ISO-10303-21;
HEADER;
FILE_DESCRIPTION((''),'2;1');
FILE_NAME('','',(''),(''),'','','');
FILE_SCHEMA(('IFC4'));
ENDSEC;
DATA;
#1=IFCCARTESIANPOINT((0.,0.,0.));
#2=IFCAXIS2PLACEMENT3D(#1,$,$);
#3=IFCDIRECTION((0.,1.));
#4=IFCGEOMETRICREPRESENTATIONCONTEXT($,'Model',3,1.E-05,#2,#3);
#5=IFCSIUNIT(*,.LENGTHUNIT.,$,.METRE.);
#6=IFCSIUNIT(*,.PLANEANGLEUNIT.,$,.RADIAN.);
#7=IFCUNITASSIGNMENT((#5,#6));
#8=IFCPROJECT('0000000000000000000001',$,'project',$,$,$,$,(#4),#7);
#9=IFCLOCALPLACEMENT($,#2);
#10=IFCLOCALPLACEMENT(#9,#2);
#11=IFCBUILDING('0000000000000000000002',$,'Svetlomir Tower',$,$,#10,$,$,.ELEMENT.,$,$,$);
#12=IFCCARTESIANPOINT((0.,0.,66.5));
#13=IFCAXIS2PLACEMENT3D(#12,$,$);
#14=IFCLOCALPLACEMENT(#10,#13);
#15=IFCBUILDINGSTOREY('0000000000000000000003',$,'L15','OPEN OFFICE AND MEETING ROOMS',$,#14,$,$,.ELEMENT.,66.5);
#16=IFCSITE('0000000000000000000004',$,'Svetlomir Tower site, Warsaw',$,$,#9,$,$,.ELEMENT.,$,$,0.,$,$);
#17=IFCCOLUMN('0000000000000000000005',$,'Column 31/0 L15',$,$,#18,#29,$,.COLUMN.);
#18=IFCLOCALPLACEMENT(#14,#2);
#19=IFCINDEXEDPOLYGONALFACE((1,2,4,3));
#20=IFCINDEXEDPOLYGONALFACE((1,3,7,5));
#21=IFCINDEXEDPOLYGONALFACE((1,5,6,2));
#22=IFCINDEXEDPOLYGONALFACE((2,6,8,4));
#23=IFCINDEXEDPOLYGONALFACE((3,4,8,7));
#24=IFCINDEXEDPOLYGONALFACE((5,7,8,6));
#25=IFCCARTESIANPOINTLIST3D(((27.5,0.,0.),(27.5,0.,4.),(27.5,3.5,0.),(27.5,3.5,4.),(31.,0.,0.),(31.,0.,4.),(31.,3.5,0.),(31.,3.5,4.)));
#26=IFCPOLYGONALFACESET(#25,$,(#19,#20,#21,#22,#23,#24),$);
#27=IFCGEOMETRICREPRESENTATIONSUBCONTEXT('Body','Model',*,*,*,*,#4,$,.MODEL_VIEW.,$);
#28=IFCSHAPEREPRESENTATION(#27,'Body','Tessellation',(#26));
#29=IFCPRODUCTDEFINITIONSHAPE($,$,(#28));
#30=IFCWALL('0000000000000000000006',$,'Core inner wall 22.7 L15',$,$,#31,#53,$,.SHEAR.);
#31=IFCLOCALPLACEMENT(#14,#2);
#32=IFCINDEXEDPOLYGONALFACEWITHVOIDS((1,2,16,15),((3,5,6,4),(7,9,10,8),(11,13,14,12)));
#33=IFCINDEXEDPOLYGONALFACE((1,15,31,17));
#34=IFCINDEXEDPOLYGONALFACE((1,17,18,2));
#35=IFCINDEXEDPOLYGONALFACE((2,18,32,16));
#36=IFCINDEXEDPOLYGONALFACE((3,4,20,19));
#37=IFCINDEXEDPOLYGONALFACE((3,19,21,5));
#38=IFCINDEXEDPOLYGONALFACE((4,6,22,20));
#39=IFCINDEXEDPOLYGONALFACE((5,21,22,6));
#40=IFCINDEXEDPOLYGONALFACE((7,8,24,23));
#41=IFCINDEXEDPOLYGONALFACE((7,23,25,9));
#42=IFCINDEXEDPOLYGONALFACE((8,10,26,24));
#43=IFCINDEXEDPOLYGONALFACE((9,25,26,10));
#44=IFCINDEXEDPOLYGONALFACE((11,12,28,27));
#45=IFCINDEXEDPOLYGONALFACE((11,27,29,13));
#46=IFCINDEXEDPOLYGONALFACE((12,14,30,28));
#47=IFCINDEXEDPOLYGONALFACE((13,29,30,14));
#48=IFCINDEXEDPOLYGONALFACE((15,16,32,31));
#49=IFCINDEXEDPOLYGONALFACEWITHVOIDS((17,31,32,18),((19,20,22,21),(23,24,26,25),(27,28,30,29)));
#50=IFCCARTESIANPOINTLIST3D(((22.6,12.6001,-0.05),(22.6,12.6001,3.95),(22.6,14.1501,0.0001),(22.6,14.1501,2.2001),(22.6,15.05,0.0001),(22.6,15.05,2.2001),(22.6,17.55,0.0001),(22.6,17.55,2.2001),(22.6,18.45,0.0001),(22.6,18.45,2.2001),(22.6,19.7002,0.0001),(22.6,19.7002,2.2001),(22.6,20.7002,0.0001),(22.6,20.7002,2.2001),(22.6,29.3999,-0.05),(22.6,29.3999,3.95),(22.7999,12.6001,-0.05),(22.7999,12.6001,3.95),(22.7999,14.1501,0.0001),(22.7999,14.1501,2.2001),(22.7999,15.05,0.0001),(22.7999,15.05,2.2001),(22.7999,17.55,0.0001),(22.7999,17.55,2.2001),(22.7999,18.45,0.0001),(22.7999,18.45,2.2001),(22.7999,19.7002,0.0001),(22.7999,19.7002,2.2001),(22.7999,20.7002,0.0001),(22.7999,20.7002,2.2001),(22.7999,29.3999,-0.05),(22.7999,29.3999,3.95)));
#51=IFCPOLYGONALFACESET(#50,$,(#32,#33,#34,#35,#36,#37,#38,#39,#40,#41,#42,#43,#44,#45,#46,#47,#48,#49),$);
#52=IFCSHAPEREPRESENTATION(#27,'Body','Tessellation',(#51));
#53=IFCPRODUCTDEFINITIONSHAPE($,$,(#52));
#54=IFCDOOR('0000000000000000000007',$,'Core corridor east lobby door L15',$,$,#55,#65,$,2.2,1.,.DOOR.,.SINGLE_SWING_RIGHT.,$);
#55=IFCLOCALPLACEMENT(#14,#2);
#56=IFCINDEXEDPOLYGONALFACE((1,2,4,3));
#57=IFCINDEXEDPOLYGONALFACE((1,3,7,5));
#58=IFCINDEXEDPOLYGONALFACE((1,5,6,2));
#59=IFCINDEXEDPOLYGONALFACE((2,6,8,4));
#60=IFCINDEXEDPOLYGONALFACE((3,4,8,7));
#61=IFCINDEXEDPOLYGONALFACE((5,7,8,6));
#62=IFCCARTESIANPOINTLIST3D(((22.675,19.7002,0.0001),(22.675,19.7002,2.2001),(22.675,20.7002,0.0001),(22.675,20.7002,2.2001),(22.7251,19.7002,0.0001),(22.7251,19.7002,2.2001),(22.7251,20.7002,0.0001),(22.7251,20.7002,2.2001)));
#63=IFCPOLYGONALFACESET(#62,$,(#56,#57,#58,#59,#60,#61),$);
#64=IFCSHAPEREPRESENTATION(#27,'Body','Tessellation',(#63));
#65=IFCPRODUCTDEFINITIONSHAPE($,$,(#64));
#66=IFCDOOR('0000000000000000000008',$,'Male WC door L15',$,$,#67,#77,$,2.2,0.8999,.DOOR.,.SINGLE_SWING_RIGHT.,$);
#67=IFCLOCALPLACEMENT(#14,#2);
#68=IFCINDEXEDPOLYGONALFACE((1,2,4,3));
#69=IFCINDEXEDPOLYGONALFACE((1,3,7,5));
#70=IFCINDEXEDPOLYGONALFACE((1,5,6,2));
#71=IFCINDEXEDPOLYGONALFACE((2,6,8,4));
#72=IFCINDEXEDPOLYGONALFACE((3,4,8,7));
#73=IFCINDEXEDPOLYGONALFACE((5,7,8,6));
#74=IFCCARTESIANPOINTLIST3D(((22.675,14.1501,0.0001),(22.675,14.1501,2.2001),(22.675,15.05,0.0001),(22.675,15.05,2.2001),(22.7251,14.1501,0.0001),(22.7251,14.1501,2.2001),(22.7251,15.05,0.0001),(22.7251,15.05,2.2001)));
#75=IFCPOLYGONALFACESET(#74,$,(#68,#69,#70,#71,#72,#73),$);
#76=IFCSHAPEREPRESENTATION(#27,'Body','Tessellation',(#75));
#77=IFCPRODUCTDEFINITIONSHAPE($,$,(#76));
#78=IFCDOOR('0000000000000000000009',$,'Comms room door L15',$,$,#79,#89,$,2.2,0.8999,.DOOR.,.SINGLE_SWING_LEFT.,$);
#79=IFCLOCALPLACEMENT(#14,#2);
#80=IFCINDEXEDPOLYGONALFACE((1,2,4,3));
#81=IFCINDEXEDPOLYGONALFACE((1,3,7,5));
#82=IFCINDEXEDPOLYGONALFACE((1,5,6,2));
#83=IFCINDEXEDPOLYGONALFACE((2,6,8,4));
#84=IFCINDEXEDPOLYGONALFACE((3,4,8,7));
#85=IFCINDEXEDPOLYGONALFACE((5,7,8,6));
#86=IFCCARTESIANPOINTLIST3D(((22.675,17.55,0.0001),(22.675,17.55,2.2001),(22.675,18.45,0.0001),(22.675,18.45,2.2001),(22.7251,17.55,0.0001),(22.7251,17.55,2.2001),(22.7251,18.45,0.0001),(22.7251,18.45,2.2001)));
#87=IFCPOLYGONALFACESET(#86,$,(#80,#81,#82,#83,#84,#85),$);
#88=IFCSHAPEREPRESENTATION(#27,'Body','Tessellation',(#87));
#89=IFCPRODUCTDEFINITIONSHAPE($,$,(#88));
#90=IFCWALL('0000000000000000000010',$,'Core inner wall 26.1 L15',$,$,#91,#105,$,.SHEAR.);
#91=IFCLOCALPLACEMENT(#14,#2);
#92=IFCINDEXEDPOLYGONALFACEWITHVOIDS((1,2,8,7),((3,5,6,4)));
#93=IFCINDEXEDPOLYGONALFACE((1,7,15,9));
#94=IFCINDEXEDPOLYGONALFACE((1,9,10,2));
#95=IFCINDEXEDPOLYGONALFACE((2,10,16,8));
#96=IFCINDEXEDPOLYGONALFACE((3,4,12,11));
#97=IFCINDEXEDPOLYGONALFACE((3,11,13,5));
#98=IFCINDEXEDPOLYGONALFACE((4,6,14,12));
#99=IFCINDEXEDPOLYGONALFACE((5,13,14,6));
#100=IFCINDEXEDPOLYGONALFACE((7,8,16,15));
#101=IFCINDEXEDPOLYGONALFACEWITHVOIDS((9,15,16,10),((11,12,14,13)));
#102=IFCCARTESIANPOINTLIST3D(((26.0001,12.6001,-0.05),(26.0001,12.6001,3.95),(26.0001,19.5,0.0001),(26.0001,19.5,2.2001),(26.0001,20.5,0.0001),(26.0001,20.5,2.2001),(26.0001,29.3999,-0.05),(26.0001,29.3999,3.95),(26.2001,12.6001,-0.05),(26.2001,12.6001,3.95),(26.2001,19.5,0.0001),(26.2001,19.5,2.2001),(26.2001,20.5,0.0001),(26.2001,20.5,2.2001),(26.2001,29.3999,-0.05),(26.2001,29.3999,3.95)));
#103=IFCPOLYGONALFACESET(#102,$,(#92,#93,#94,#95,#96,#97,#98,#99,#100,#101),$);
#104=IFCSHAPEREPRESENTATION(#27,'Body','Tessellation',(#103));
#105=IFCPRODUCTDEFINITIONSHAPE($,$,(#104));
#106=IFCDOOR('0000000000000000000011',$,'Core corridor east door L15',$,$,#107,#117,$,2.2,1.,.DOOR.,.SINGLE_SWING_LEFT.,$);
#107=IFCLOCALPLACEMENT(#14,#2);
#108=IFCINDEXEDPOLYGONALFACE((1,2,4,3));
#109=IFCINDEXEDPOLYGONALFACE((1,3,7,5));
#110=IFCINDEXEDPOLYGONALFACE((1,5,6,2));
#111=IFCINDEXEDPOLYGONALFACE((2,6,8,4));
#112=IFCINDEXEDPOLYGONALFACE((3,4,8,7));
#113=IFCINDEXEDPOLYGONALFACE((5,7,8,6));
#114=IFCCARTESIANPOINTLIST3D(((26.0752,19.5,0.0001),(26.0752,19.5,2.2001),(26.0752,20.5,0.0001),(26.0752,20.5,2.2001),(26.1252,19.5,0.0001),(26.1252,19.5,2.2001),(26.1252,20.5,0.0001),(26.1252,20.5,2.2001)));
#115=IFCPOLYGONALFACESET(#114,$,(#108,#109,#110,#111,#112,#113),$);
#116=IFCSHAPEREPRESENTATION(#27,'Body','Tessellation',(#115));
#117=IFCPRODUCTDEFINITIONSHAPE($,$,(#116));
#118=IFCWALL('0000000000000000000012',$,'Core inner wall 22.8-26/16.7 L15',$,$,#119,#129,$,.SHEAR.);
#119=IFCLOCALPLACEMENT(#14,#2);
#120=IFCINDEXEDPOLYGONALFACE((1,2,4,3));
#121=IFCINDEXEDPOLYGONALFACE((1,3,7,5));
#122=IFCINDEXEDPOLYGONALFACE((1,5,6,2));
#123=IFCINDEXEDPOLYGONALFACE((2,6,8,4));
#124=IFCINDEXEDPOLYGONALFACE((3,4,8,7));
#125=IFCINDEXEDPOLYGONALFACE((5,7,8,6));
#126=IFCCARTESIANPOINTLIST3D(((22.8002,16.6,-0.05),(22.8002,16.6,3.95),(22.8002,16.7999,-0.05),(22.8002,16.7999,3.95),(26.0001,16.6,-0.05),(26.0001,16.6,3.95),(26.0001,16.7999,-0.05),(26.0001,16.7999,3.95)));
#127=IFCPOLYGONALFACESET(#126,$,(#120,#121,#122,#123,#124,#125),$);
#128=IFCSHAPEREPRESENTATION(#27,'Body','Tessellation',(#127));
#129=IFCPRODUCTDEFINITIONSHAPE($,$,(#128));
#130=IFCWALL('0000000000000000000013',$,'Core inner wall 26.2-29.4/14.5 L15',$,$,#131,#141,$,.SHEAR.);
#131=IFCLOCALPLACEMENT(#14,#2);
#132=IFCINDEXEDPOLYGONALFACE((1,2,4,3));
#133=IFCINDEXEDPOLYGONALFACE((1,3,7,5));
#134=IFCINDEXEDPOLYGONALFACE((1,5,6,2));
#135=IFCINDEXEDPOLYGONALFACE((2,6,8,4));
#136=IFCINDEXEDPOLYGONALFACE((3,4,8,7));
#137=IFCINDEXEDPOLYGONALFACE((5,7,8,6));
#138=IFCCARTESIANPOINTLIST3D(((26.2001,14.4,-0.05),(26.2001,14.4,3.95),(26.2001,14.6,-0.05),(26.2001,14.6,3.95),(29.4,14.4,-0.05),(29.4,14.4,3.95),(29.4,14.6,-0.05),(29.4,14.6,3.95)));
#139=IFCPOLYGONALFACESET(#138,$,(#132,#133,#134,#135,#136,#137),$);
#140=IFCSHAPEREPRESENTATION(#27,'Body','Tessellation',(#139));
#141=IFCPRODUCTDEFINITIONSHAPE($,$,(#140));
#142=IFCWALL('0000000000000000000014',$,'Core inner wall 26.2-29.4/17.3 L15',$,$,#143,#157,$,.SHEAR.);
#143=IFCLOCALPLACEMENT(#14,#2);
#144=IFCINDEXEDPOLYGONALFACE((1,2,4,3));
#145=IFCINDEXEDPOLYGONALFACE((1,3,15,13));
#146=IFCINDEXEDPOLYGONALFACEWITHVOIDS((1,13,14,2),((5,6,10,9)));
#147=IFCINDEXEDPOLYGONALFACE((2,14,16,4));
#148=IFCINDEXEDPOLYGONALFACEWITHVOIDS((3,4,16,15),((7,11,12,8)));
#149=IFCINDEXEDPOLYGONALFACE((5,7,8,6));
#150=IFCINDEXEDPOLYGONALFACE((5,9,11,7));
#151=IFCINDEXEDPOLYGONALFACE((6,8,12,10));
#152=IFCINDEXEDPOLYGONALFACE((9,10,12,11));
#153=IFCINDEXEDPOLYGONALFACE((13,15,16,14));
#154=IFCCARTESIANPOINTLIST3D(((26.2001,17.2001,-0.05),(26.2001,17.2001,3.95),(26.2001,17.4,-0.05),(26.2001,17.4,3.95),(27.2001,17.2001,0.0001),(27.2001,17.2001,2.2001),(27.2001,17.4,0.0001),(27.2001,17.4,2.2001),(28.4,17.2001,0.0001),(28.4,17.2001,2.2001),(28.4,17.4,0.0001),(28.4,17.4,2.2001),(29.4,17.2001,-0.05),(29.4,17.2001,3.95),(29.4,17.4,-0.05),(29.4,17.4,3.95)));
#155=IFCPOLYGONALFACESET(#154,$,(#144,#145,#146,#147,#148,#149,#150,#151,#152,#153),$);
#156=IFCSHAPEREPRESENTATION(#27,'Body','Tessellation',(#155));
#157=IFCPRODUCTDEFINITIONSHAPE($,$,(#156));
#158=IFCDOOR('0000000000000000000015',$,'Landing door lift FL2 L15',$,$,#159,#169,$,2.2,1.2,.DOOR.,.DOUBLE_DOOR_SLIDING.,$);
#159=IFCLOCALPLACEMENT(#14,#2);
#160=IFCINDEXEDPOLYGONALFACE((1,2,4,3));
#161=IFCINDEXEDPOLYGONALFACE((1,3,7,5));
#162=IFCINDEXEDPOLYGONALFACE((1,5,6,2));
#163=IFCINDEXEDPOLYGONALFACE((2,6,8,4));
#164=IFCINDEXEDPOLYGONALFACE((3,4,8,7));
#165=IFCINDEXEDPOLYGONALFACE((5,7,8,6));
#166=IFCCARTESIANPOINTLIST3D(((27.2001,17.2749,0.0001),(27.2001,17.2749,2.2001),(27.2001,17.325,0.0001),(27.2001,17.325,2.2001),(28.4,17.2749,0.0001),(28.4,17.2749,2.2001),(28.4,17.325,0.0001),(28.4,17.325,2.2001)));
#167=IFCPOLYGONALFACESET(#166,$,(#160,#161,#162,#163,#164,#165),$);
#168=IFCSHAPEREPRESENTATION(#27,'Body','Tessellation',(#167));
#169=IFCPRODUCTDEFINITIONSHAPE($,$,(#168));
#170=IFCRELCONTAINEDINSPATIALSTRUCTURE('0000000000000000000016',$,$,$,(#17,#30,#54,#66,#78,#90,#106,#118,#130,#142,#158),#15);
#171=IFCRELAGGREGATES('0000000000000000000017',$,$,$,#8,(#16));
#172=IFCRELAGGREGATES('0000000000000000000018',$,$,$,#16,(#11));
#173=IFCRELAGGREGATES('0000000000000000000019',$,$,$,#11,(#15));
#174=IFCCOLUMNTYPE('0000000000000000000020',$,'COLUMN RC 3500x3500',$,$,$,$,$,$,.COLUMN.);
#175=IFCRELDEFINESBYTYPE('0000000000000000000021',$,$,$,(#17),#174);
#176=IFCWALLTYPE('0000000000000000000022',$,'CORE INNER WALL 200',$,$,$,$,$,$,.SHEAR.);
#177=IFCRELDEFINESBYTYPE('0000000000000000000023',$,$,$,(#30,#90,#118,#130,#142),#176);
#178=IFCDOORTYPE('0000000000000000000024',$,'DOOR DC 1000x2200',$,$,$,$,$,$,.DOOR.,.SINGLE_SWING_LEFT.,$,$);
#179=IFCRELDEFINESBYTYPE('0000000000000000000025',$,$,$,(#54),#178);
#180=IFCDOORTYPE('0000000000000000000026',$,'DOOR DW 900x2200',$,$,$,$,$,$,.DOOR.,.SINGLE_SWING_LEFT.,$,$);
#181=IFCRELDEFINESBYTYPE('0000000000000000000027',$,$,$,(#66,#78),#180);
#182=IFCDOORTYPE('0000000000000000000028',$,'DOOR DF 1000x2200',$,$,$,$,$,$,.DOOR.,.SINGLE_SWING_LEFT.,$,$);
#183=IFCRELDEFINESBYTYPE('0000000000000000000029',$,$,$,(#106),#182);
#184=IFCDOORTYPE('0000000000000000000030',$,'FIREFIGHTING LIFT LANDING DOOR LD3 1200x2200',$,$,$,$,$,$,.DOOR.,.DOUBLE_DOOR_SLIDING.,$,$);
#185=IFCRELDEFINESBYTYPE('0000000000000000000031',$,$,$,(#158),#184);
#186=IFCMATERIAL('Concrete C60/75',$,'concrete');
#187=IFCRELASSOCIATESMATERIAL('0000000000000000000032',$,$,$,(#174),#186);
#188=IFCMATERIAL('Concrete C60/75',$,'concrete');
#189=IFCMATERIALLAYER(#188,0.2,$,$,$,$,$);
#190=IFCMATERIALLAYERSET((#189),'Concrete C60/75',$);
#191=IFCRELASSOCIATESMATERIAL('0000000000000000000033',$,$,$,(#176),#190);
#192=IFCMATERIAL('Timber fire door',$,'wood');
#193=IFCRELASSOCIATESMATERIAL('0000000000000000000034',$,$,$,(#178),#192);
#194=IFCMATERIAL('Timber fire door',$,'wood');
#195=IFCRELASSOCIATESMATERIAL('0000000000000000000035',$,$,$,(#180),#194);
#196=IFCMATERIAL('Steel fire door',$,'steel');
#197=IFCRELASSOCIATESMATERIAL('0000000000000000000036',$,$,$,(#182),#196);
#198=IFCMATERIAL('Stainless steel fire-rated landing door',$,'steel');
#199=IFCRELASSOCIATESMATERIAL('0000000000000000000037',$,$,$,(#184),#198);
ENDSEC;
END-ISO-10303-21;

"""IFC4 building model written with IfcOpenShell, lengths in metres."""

from ifc_helpers import new_model, si_unit, direction, frame, frame_2d, origin, origin_2d, place, context, subcontext, project, spatial, rectangle, extrude, material, layer, layer_set, material_profile, profile_set, type_object, element, fill, save


model = new_model("IFC4")

# Units and contexts
model_context = context("Model", 3, precision=1e-05, world=origin(), true_north=direction((0.0, 1.0)))
body_context = subcontext(model_context, "Body", "Model", "MODEL_VIEW")
ifc_project = project(units=[si_unit("LENGTHUNIT", "METRE"), si_unit("PLANEANGLEUNIT", "RADIAN")], contexts=[model_context])

# Site, building, storey
site_placement = place(None, origin())
site = spatial("IfcSite", under=ifc_project, at=site_placement, Name="Svetlomir Tower site, Warsaw", CompositionType="ELEMENT", RefElevation=0.0)
building_placement = place(site_placement, origin())
building = spatial("IfcBuilding", under=site, at=building_placement, Name="Svetlomir Tower", CompositionType="ELEMENT")
storey_placement = place(building_placement, frame((0.0, 0.0, 66.5)))
storey = spatial("IfcBuildingStorey", under=building, at=storey_placement, Name="L15", Description="OPEN OFFICE AND MEETING ROOMS", CompositionType="ELEMENT", Elevation=66.5)

# Column
ifc_material_1 = material(Name="Concrete C60/75", Category="concrete")
ifc_material_profile = material_profile(ifc_material_1, rectangle(XDim=3.5, YDim=3.5, at=origin_2d()), Name="RC 3500x3500")
ifc_profile_set = profile_set([ifc_material_profile], Name="Concrete C60/75")
column_type = type_object("IfcColumnType", Name="COLUMN RC 3500x3500", PredefinedType="COLUMN", material=ifc_profile_set)
column_placement = place(storey_placement, frame((29.25, 1.75, 0.0), z_axis=(0.0, 0.0, 1.0), x_axis=(1.0, 0.0, 0.0)))
element("IfcColumn", 1, at=column_placement, inside=storey, type_object=column_type, Name="Column 31/0 L15", PredefinedType="COLUMN", context=body_context, shape_type="SweptSolid", body=[
    extrude(rectangle(XDim=3.5, YDim=3.5, at=origin_2d()), origin(), (0.0, 0.0, 1.0), 4.0),
])

# Wall, openings, doors
ifc_material_2 = material(Name="Concrete C60/75", Category="concrete")
ifc_layer_1 = layer(ifc_material_2, 0.2)
ifc_layer_set_1 = layer_set([ifc_layer_1], Name="Concrete C60/75")
wall_type_1 = type_object("IfcWallType", Name="CORE INNER WALL 200", PredefinedType="SHEAR", material=ifc_layer_set_1)
wall_1_placement = place(storey_placement, frame((22.7, 12.6001, -0.05), z_axis=(0.0, 0.0, 1.0), x_axis=(0.0, 1.0, 0.0)))
wall_1 = element("IfcWall", 2, at=wall_1_placement, inside=storey, type_object=wall_type_1, Name="Core inner wall 22.7 L15", PredefinedType="SHEAR", context=body_context, shape_type="SweptSolid", body=[
    extrude(rectangle(XDim=16.7998, YDim=0.2, at=frame_2d((8.3999, 0.0))), origin(), (0.0, 0.0, 1.0), 4.0),
])
opening_1_placement = place(wall_1_placement, frame((7.1001, 0.0, 0.05)))
opening_1 = element("IfcOpeningElement", 3, at=opening_1_placement, cuts=wall_1, PredefinedType="OPENING", context=body_context, shape_type="SweptSolid", body=[
    extrude(rectangle(XDim=1.0, YDim=2.2, at=frame_2d((0.5, 1.1001))), frame((0.0, 0.1099, 0.0), z_axis=(0.0, -1.0, 0.0), x_axis=(1.0, 0.0, 0.0)), (0.0, 0.0, 1.0), 0.22),
])
opening_2_placement = place(wall_1_placement, frame((1.55, 0.0, 0.05)))
opening_2 = element("IfcOpeningElement", 4, at=opening_2_placement, cuts=wall_1, PredefinedType="OPENING", context=body_context, shape_type="SweptSolid", body=[
    extrude(rectangle(XDim=0.8999, YDim=2.2, at=frame_2d((0.45, 1.1001))), frame((0.0, 0.1099, 0.0), z_axis=(0.0, -1.0, 0.0), x_axis=(1.0, 0.0, 0.0)), (0.0, 0.0, 1.0), 0.22),
])
opening_3_placement = place(wall_1_placement, frame((4.95, 0.0, 0.05)))
opening_3 = element("IfcOpeningElement", 5, at=opening_3_placement, cuts=wall_1, PredefinedType="OPENING", context=body_context, shape_type="SweptSolid", body=[
    extrude(rectangle(XDim=0.8999, YDim=2.2, at=frame_2d((0.45, 1.1001))), frame((0.0, 0.1099, 0.0), z_axis=(0.0, -1.0, 0.0), x_axis=(1.0, 0.0, 0.0)), (0.0, 0.0, 1.0), 0.22),
])
ifc_material_3 = material(Name="Timber fire door", Category="wood")
door_type_1 = type_object("IfcDoorType", Name="DOOR DC 1000x2200", OperationType="SINGLE_SWING_LEFT", PredefinedType="DOOR", material=ifc_material_3)
door_1_placement = place(opening_1_placement, origin())
door_1 = element("IfcDoor", 6, at=door_1_placement, inside=storey, type_object=door_type_1, Name="Core corridor east lobby door L15", OperationType="SINGLE_SWING_RIGHT", OverallHeight=2.2, OverallWidth=1.0, PredefinedType="DOOR", context=body_context, shape_type="SweptSolid", body=[
    extrude(rectangle(XDim=1.0, YDim=2.2, at=frame_2d((0.5, 1.1001))), frame((0.0, 0.0249, 0.0), z_axis=(0.0, -1.0, 0.0), x_axis=(1.0, 0.0, 0.0)), (0.0, 0.0, 1.0), 0.05),
])
fill(opening_1, door_1)
ifc_material_4 = material(Name="Timber fire door", Category="wood")
door_type_2 = type_object("IfcDoorType", Name="DOOR DW 900x2200", OperationType="SINGLE_SWING_LEFT", PredefinedType="DOOR", material=ifc_material_4)
door_2_placement = place(opening_2_placement, origin())
door_2 = element("IfcDoor", 7, at=door_2_placement, inside=storey, type_object=door_type_2, Name="Male WC door L15", OperationType="SINGLE_SWING_RIGHT", OverallHeight=2.2, OverallWidth=0.8999, PredefinedType="DOOR", context=body_context, shape_type="SweptSolid", body=[
    extrude(rectangle(XDim=0.8999, YDim=2.2, at=frame_2d((0.45, 1.1001))), frame((0.0, 0.0249, 0.0), z_axis=(0.0, -1.0, 0.0), x_axis=(1.0, 0.0, 0.0)), (0.0, 0.0, 1.0), 0.05),
])
fill(opening_2, door_2)
door_3_placement = place(opening_3_placement, origin())
door_3 = element("IfcDoor", 8, at=door_3_placement, inside=storey, type_object=door_type_2, Name="Comms room door L15", OperationType="SINGLE_SWING_LEFT", OverallHeight=2.2, OverallWidth=0.8999, PredefinedType="DOOR", context=body_context, shape_type="SweptSolid", body=[
    extrude(rectangle(XDim=0.8999, YDim=2.2, at=frame_2d((0.45, 1.1001))), frame((0.0, 0.0249, 0.0), z_axis=(0.0, -1.0, 0.0), x_axis=(1.0, 0.0, 0.0)), (0.0, 0.0, 1.0), 0.05),
])
fill(opening_3, door_3)

# Wall, opening, door
wall_2_placement = place(storey_placement, frame((26.1001, 12.6001, -0.05), z_axis=(0.0, 0.0, 1.0), x_axis=(0.0, 1.0, 0.0)))
wall_2 = element("IfcWall", 9, at=wall_2_placement, inside=storey, type_object=wall_type_1, Name="Core inner wall 26.1 L15", PredefinedType="SHEAR", context=body_context, shape_type="SweptSolid", body=[
    extrude(rectangle(XDim=16.7998, YDim=0.2, at=frame_2d((8.3999, 0.0))), origin(), (0.0, 0.0, 1.0), 4.0),
])
opening_4_placement = place(wall_2_placement, frame((6.8999, 0.0, 0.05)))
opening_4 = element("IfcOpeningElement", 10, at=opening_4_placement, cuts=wall_2, PredefinedType="OPENING", context=body_context, shape_type="SweptSolid", body=[
    extrude(rectangle(XDim=1.0, YDim=2.2, at=frame_2d((0.5, 1.1001))), frame((0.0, 0.1099, 0.0), z_axis=(0.0, -1.0, 0.0), x_axis=(1.0, 0.0, 0.0)), (0.0, 0.0, 1.0), 0.22),
])
ifc_material_5 = material(Name="Steel fire door", Category="steel")
door_type_3 = type_object("IfcDoorType", Name="DOOR DF 1000x2200", OperationType="SINGLE_SWING_LEFT", PredefinedType="DOOR", material=ifc_material_5)
door_4_placement = place(opening_4_placement, origin())
door_4 = element("IfcDoor", 11, at=door_4_placement, inside=storey, type_object=door_type_3, Name="Core corridor east door L15", OperationType="SINGLE_SWING_LEFT", OverallHeight=2.2, OverallWidth=1.0, PredefinedType="DOOR", context=body_context, shape_type="SweptSolid", body=[
    extrude(rectangle(XDim=1.0, YDim=2.2, at=frame_2d((0.5, 1.1001))), frame((0.0, 0.0249, 0.0), z_axis=(0.0, -1.0, 0.0), x_axis=(1.0, 0.0, 0.0)), (0.0, 0.0, 1.0), 0.05),
])
fill(opening_4, door_4)

# Walls
for number, where, z_axis, x_axis, name in (
    (12, (22.8, 16.7, -0.05), (0.0, 0.0, 1.0), (1.0, 0.0, 0.0), "Core inner wall 22.8-26/16.7 L15"),
    (13, (26.2, 14.5, -0.05), (0.0, 0.0, 1.0), (1.0, 0.0, 0.0), "Core inner wall 26.2-29.4/14.5 L15"),
):
    element("IfcWall", number, at=place(storey_placement, frame(where, z_axis=z_axis, x_axis=x_axis)), inside=storey, type_object=wall_type_1, Name=name, PredefinedType="SHEAR", context=body_context, shape_type="SweptSolid", body=[
        extrude(rectangle(XDim=3.2, YDim=0.2, at=frame_2d((1.6001, 0.0))), origin(), (0.0, 0.0, 1.0), 4.0),
    ])

# Wall, opening, door
wall_3_placement = place(storey_placement, frame((26.2, 17.3, -0.05), z_axis=(0.0, 0.0, 1.0), x_axis=(1.0, 0.0, 0.0)))
wall_3 = element("IfcWall", 14, at=wall_3_placement, inside=storey, type_object=wall_type_1, Name="Core inner wall 26.2-29.4/17.3 L15", PredefinedType="SHEAR", context=body_context, shape_type="SweptSolid", body=[
    extrude(rectangle(XDim=3.2, YDim=0.2, at=frame_2d((1.6001, 0.0))), origin(), (0.0, 0.0, 1.0), 4.0),
])
opening_5_placement = place(wall_3_placement, frame((1.0, 0.0, 0.05)))
opening_5 = element("IfcOpeningElement", 15, at=opening_5_placement, cuts=wall_3, PredefinedType="OPENING", context=body_context, shape_type="SweptSolid", body=[
    extrude(rectangle(XDim=1.2, YDim=2.2, at=frame_2d((0.6001, 1.1001))), frame((0.0, 0.1099, 0.0), z_axis=(0.0, -1.0, 0.0), x_axis=(1.0, 0.0, 0.0)), (0.0, 0.0, 1.0), 0.22),
])
ifc_material_6 = material(Name="Stainless steel fire-rated landing door", Category="steel")
door_type_4 = type_object("IfcDoorType", Name="FIREFIGHTING LIFT LANDING DOOR LD3 1200x2200", OperationType="DOUBLE_DOOR_SLIDING", PredefinedType="DOOR", material=ifc_material_6)
door_5_placement = place(opening_5_placement, origin())
door_5 = element("IfcDoor", 16, at=door_5_placement, inside=storey, type_object=door_type_4, Name="Landing door lift FL2 L15", OperationType="DOUBLE_DOOR_SLIDING", OverallHeight=2.2, OverallWidth=1.2, PredefinedType="DOOR", context=body_context, shape_type="SweptSolid", body=[
    extrude(rectangle(XDim=1.2, YDim=2.2, at=frame_2d((0.6001, 1.1001))), frame((0.0, 0.0249, 0.0), z_axis=(0.0, -1.0, 0.0), x_axis=(1.0, 0.0, 0.0)), (0.0, 0.0, 1.0), 0.05),
])
fill(opening_5, door_5)

save(model, "model.ifc")
